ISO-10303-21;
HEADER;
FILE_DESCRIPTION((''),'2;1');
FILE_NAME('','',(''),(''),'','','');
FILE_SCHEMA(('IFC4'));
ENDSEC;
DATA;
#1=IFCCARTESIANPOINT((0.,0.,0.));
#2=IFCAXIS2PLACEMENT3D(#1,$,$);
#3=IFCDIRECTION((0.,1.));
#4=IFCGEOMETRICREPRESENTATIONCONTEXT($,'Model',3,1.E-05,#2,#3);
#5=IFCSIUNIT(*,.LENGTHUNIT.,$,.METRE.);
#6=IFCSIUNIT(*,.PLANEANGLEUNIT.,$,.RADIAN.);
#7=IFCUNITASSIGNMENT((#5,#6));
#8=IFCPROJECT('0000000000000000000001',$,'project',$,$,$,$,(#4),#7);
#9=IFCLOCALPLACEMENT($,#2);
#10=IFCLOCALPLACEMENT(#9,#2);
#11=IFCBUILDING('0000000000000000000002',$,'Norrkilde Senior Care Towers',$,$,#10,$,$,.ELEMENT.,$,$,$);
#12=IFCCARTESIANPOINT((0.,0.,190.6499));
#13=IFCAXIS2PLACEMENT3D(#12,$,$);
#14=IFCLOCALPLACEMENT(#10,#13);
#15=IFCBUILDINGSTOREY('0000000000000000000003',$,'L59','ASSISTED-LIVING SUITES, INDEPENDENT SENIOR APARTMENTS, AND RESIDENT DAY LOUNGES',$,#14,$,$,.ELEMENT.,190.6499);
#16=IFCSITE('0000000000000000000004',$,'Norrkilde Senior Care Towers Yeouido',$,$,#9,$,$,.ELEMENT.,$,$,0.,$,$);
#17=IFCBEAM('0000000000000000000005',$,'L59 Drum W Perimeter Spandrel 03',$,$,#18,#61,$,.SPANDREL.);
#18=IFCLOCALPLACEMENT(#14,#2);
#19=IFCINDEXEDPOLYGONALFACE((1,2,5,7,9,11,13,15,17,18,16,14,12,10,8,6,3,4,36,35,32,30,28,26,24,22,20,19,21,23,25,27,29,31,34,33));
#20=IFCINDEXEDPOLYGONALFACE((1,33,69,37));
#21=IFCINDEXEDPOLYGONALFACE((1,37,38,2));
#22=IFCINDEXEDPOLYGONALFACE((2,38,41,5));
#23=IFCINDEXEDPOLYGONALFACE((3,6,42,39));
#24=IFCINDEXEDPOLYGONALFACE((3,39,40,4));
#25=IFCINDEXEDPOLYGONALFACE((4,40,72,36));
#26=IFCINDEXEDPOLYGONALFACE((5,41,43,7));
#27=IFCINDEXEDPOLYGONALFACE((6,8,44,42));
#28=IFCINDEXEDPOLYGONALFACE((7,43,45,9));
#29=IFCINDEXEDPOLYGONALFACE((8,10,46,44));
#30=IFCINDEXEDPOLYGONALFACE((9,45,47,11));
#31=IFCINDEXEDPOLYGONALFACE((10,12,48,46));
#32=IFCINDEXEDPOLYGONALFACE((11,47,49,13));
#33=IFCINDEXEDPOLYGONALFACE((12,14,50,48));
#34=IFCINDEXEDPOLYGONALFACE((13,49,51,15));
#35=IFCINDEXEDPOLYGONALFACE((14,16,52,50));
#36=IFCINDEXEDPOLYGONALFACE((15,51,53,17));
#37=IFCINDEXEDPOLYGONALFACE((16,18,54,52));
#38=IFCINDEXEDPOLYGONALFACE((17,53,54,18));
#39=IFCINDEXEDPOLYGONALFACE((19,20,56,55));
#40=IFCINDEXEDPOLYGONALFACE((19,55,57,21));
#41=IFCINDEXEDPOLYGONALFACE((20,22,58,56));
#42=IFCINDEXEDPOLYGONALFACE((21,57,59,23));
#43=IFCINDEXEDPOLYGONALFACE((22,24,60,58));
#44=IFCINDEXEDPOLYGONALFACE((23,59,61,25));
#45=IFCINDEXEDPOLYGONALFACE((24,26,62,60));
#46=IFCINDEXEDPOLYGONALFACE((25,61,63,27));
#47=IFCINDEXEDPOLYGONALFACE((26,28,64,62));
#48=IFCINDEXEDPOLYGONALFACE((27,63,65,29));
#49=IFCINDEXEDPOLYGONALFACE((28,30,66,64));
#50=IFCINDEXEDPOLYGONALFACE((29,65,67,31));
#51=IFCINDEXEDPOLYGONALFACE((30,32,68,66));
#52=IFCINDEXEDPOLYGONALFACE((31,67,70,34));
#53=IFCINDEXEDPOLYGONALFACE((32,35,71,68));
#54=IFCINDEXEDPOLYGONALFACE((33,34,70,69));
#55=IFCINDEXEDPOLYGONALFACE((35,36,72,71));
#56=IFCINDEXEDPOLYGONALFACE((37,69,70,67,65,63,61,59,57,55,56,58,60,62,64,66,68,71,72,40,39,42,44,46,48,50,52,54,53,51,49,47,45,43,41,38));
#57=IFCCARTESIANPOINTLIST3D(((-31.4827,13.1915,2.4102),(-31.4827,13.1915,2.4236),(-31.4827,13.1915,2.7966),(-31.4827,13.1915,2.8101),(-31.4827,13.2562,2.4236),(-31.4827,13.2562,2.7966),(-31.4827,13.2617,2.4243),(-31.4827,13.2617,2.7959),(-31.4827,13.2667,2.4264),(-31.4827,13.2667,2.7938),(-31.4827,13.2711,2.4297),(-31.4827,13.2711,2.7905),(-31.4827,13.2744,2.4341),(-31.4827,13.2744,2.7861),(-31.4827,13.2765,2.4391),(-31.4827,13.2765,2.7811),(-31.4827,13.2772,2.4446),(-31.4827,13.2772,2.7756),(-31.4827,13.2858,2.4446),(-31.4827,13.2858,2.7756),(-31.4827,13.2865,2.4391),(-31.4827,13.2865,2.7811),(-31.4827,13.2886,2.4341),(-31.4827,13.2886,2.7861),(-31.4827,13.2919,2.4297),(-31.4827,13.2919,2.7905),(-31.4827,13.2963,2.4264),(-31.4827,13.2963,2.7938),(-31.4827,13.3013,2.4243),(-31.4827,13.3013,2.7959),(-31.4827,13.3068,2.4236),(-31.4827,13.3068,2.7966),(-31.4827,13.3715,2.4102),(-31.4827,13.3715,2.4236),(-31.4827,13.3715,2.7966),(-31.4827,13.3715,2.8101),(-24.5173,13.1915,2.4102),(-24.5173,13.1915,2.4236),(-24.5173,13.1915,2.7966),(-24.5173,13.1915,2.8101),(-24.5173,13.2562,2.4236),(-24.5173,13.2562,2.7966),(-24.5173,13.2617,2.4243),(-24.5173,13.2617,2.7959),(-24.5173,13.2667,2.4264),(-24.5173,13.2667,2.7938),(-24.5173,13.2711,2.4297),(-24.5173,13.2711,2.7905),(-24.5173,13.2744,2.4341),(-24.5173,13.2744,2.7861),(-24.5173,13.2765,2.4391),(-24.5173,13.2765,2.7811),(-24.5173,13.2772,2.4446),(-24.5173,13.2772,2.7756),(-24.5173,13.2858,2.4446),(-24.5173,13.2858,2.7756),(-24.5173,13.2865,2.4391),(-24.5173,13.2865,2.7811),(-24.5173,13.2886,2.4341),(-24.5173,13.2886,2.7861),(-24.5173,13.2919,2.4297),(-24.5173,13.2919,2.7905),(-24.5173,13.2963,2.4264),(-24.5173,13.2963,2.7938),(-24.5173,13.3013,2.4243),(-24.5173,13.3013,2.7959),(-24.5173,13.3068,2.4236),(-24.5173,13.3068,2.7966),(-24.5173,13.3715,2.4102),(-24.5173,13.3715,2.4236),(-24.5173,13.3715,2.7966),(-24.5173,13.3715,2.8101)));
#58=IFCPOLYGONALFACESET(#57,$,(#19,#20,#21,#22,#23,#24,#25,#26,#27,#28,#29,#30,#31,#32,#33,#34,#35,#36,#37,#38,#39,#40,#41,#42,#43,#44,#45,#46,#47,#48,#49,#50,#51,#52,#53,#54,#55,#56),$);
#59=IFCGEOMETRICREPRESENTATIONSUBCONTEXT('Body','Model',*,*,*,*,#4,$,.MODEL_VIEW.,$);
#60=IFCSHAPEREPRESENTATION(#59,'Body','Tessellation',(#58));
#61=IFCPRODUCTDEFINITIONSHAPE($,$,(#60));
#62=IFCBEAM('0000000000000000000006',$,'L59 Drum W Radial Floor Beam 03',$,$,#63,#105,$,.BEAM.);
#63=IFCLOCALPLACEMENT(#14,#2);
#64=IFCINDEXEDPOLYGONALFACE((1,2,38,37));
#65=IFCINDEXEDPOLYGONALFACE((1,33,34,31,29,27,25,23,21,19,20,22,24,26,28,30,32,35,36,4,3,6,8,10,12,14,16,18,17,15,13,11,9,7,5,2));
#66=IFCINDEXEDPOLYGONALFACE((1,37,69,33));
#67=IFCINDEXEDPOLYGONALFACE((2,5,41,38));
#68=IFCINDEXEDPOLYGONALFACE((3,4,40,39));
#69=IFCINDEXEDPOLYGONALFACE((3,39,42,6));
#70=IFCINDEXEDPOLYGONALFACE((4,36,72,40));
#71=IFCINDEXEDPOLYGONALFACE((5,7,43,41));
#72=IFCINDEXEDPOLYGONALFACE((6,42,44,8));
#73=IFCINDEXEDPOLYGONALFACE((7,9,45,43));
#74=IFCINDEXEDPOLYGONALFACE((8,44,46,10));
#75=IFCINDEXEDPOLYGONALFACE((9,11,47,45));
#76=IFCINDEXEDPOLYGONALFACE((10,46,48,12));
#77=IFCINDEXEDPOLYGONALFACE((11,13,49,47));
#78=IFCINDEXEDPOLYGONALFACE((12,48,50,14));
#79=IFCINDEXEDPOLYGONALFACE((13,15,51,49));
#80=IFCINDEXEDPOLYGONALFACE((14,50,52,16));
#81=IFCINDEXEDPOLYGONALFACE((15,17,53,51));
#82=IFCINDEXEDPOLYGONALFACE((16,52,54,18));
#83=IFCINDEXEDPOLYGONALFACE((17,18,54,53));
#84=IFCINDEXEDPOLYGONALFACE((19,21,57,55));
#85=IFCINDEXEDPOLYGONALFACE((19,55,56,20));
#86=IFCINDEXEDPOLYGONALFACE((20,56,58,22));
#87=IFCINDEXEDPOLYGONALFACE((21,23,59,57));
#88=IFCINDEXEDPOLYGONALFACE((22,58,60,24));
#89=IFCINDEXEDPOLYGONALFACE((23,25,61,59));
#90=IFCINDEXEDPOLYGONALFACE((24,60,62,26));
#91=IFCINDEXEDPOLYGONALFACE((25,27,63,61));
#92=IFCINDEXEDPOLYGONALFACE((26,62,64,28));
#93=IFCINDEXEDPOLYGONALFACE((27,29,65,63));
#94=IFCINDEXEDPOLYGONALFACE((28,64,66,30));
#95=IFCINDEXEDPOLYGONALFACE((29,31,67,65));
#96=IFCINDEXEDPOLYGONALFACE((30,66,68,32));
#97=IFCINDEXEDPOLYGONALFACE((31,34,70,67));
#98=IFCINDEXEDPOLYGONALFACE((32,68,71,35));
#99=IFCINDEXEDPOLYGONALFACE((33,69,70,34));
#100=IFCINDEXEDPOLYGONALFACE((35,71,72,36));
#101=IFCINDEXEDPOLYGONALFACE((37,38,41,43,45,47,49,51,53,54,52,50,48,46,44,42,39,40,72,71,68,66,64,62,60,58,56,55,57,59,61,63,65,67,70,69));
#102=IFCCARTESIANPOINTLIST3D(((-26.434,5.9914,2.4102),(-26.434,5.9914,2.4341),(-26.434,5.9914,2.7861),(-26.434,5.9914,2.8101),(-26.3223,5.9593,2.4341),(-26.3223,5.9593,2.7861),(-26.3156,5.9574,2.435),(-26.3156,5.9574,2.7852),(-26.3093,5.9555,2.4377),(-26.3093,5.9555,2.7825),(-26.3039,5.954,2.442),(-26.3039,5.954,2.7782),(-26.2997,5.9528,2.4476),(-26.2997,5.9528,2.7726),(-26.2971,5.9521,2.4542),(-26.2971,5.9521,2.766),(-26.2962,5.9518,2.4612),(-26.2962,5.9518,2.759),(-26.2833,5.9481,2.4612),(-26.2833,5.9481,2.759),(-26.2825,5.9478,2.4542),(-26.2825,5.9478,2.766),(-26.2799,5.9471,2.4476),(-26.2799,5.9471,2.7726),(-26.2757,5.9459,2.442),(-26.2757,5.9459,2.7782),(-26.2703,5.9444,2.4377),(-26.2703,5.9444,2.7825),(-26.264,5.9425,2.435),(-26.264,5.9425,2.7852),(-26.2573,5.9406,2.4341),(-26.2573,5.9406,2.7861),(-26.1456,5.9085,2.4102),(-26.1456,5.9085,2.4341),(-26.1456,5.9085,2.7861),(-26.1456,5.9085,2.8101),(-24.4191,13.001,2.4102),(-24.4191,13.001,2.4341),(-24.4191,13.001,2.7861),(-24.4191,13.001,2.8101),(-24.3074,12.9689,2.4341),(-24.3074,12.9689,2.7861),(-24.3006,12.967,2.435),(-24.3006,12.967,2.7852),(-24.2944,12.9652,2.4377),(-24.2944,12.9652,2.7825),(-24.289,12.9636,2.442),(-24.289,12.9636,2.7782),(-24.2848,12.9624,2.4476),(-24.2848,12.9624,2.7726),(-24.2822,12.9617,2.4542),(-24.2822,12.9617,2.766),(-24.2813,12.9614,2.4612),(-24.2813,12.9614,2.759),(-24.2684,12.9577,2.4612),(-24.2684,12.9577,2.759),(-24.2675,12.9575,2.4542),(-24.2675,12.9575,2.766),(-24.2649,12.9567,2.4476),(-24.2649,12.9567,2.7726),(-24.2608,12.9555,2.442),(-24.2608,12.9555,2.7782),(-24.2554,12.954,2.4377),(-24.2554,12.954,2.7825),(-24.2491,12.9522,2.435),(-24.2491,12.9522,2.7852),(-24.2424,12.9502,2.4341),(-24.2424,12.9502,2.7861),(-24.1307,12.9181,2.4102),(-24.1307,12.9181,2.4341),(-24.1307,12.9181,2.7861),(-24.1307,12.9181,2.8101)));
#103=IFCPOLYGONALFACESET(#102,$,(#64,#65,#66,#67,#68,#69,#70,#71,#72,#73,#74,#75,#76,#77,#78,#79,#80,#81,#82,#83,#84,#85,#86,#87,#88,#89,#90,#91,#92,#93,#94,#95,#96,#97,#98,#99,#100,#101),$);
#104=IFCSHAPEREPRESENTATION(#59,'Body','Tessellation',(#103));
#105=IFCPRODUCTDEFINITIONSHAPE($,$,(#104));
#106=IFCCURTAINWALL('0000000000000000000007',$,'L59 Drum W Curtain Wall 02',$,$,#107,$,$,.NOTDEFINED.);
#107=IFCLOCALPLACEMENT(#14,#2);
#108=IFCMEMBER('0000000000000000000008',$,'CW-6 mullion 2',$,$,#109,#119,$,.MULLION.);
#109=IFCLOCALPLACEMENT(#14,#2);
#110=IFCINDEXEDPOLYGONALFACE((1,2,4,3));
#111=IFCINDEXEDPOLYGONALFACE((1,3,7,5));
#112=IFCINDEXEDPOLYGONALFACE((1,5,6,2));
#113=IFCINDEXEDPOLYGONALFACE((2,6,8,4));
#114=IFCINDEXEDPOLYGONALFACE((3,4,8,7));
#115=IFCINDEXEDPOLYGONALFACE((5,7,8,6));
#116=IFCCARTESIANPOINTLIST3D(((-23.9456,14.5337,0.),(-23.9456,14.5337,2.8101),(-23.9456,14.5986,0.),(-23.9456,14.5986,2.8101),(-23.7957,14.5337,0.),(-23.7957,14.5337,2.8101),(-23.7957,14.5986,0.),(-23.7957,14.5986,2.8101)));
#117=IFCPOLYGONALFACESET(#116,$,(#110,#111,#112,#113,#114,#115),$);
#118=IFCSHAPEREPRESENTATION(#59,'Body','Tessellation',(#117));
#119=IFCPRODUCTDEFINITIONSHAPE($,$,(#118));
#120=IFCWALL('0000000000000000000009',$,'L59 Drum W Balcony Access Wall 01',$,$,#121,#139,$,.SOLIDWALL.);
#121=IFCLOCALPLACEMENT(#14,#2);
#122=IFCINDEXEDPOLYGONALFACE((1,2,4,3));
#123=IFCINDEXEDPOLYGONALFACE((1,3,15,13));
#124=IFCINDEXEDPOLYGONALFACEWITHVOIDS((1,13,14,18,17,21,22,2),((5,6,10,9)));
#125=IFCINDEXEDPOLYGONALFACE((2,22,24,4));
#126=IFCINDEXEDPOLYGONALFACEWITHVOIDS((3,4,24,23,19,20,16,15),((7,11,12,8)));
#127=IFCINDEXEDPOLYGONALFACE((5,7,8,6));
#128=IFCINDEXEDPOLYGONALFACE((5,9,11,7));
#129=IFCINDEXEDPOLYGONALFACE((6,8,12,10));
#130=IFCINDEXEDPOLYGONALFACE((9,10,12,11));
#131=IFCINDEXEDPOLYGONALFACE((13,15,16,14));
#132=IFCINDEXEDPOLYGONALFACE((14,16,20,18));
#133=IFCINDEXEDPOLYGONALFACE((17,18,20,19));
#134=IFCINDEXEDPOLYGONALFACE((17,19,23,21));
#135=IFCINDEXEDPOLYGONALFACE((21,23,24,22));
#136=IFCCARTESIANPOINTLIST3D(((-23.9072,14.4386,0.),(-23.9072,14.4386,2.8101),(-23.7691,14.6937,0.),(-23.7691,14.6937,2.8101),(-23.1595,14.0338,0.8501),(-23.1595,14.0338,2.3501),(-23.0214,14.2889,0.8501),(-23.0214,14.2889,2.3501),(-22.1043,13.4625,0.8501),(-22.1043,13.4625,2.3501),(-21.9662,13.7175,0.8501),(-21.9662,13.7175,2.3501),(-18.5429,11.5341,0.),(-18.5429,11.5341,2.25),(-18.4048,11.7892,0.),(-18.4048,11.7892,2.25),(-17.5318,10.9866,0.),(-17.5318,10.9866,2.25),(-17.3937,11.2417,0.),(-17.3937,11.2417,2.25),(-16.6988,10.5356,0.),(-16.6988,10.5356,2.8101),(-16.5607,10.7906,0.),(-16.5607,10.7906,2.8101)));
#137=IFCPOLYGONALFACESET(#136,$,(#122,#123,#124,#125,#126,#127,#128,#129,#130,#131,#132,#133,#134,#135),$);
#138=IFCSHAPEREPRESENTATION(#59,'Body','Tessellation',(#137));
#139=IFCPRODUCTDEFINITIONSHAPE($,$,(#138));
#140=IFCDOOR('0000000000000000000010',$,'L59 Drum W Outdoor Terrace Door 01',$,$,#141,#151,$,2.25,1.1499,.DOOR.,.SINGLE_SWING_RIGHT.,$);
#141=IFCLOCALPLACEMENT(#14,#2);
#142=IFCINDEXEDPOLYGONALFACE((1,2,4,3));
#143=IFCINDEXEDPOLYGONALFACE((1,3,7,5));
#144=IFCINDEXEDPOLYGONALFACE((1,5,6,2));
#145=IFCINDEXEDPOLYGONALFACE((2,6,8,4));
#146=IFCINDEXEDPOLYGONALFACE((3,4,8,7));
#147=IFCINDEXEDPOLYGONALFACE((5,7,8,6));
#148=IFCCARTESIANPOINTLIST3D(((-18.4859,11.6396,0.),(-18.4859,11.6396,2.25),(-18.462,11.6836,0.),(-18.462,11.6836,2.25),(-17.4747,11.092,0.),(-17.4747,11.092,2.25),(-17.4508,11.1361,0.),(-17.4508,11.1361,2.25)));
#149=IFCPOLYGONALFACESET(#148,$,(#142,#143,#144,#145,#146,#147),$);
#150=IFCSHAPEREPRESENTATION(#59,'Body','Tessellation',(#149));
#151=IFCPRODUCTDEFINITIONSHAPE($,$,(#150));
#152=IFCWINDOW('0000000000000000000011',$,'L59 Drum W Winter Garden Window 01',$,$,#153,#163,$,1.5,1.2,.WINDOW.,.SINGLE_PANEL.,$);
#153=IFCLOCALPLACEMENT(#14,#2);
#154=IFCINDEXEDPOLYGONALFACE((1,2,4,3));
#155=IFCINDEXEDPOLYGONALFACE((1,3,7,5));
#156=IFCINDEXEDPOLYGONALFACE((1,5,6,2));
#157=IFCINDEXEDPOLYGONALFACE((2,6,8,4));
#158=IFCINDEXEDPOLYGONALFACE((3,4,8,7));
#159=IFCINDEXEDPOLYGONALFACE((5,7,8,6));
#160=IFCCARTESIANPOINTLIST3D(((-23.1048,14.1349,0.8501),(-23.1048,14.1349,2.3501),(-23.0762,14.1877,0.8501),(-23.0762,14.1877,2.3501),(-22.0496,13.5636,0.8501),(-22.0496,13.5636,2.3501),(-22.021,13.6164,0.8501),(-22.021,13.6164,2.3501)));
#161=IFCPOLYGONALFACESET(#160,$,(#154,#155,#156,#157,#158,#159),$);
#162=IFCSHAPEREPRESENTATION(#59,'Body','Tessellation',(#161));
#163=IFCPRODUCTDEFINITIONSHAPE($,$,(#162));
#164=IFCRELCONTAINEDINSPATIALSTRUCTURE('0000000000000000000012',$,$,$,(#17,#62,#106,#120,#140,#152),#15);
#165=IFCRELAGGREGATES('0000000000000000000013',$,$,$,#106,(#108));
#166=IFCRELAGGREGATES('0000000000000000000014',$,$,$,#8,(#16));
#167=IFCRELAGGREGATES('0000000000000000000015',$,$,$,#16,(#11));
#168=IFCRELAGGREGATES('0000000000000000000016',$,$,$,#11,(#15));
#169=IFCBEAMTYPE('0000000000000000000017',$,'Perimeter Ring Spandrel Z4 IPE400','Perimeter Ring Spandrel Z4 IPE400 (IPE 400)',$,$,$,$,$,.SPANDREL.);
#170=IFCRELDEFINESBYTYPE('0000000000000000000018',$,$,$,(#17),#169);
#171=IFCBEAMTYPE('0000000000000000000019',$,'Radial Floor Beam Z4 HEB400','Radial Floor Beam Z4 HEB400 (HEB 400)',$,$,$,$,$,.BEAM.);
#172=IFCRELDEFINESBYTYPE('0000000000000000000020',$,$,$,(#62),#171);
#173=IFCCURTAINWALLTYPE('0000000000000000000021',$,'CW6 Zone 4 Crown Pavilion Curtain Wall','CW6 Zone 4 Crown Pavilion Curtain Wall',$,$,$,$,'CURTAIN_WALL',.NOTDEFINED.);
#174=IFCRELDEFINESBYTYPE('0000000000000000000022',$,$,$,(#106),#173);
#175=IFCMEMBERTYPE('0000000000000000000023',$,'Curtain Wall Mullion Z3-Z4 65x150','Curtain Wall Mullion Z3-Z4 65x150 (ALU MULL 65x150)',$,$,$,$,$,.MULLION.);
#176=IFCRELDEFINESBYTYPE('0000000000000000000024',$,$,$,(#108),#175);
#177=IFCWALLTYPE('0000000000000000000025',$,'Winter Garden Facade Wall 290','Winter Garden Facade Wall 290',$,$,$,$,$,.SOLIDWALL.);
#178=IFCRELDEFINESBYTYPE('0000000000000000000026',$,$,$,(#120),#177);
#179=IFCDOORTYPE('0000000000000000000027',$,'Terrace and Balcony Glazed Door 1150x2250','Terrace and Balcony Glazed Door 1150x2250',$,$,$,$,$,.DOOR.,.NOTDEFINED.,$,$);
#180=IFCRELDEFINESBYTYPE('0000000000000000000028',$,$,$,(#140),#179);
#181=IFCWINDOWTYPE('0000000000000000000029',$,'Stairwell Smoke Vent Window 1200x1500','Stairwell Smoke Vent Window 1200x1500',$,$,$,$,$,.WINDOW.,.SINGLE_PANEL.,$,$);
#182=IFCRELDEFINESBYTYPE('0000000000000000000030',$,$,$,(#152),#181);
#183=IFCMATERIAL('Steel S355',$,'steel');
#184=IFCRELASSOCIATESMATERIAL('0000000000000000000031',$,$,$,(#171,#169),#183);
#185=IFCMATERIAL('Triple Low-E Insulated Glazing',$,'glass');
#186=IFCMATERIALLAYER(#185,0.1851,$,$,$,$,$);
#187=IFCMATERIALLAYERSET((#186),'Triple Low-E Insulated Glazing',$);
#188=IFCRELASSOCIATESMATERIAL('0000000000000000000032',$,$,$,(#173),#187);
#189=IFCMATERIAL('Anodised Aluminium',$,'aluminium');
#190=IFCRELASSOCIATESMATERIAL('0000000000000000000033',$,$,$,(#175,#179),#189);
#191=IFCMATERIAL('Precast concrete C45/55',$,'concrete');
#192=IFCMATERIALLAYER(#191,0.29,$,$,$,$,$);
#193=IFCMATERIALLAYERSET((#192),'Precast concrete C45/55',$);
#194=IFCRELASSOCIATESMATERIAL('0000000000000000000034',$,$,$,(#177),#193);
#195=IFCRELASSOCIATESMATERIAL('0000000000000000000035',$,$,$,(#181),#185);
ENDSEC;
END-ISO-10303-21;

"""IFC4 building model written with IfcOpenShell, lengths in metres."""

from ifc_helpers import new_model, si_unit, direction, frame, frame_2d, origin, origin_2d, place, context, subcontext, project, spatial, rectangle, i_section, extrude, source, transform, mapped, material, layer, layer_set, material_profile, profile_set, type_object, type_shapes, element, fill, aggregate, save


model = new_model("IFC4")

# Units and contexts
model_context = context("Model", 3, precision=1e-05, world=origin(), true_north=direction((0.0, 1.0)))
body_context = subcontext(model_context, "Body", "Model", "MODEL_VIEW")
ifc_project = project(units=[si_unit("LENGTHUNIT", "METRE"), si_unit("PLANEANGLEUNIT", "RADIAN")], contexts=[model_context])

# Site, building, storey
site_placement = place(None, origin())
site = spatial("IfcSite", under=ifc_project, at=site_placement, Name="Norrkilde Senior Care Towers Yeouido", CompositionType="ELEMENT", RefElevation=0.0)
building_placement = place(site_placement, origin())
building = spatial("IfcBuilding", under=site, at=building_placement, Name="Norrkilde Senior Care Towers", CompositionType="ELEMENT")
storey_placement = place(building_placement, frame((0.0, 0.0, 190.6499)))
storey = spatial("IfcBuildingStorey", under=building, at=storey_placement, Name="L59", Description="ASSISTED-LIVING SUITES, INDEPENDENT SENIOR APARTMENTS, AND RESIDENT DAY LOUNGES", CompositionType="ELEMENT", Elevation=190.6499)

# Beams
ifc_material_1 = material(Name="Steel S355", Category="steel")
ifc_material_profile_1 = material_profile(ifc_material_1, i_section(OverallWidth=0.3, OverallDepth=0.3999, WebThickness=0.0134, FlangeThickness=0.0239, FilletRadius=0.0271, at=origin_2d()), Name="HEB 400")
ifc_profile_set_1 = profile_set([ifc_material_profile_1], Name="Steel S355")
beam_type_1 = type_object("IfcBeamType", Name="Radial Floor Beam Z4 HEB400", Description="Radial Floor Beam Z4 HEB400 (HEB 400)", PredefinedType="BEAM", material=ifc_profile_set_1)
ifc_material_profile_2 = material_profile(ifc_material_1, i_section(OverallWidth=0.1799, OverallDepth=0.3999, WebThickness=0.0085, FlangeThickness=0.0134, FilletRadius=0.021, at=origin_2d()), Name="IPE 400")
ifc_profile_set_2 = profile_set([ifc_material_profile_2], Name="Steel S355")
beam_type_2 = type_object("IfcBeamType", Name="Perimeter Ring Spandrel Z4 IPE400", Description="Perimeter Ring Spandrel Z4 IPE400 (IPE 400)", PredefinedType="SPANDREL", material=ifc_profile_set_2)
shared_shape_1 = source(origin(), body_context, "Body", "SweptSolid", [
    extrude(i_section(OverallWidth=0.1799, OverallDepth=0.3999, WebThickness=0.0085, FlangeThickness=0.0134, FilletRadius=0.021, at=origin_2d()), origin(), (0.0, 0.0, 1.0), 6.9653),
])
type_shapes(beam_type_2, [shared_shape_1])
beam_1_placement = place(storey_placement, frame((-24.5173, 13.2815, 2.6101), z_axis=(-1.0, 0.0, 0.0), x_axis=(0.0, -1.0, 0.0)))
element("IfcBeam", 1, at=beam_1_placement, inside=storey, type_object=beam_type_2, Name="L59 Drum W Perimeter Spandrel 03", PredefinedType="SPANDREL", context=body_context, shape_type="MappedRepresentation", body=[
    mapped(shared_shape_1, transform((0.0, 0.0, 0.0), x_axis=(1.0, 0.0, 0.0), y_axis=(0.0, 1.0, 0.0), z_axis=(0.0, 0.0, 1.0), scale=1.0)),
])
shared_shape_2 = source(origin(), body_context, "Body", "SweptSolid", [
    extrude(i_section(OverallWidth=0.3, OverallDepth=0.3999, WebThickness=0.0134, FlangeThickness=0.0239, FilletRadius=0.0271, at=origin_2d()), origin(), (0.0, 0.0, 1.0), 7.2935),
])
beam_2_placement = place(storey_placement, frame((-26.2898, 5.95, 2.6101), z_axis=(0.276264, 0.961082, 0.0), x_axis=(-0.961082, 0.276264, 0.0)))
element("IfcBeam", 2, at=beam_2_placement, inside=storey, type_object=beam_type_1, Name="L59 Drum W Radial Floor Beam 03", PredefinedType="BEAM", context=body_context, shape_type="MappedRepresentation", body=[
    mapped(shared_shape_2, transform((0.0, 0.0, 0.0), x_axis=(1.0, 0.0, 0.0), y_axis=(0.0, 1.0, 0.0), z_axis=(0.0, 0.0, 1.0), scale=1.0)),
])

# Curtain wall, member
ifc_material_2 = material(Name="Triple Low-E Insulated Glazing", Category="glass")
ifc_layer_1 = layer(ifc_material_2, 0.1851)
ifc_layer_set_1 = layer_set([ifc_layer_1], Name="Triple Low-E Insulated Glazing")
curtain_wall_type = type_object("IfcCurtainWallType", Name="CW6 Zone 4 Crown Pavilion Curtain Wall", Description="CW6 Zone 4 Crown Pavilion Curtain Wall", ElementType="CURTAIN_WALL", PredefinedType="NOTDEFINED", material=ifc_layer_set_1)
curtain_wall_placement = place(storey_placement, origin())
curtain_wall = element("IfcCurtainWall", 3, at=curtain_wall_placement, inside=storey, type_object=curtain_wall_type, Name="L59 Drum W Curtain Wall 02", PredefinedType="NOTDEFINED")
ifc_material_3 = material(Name="Anodised Aluminium", Category="aluminium")
ifc_material_profile_3 = material_profile(ifc_material_3, rectangle(XDim=0.0649, YDim=0.1499, at=origin_2d()), Name="ALU MULL 65x150")
ifc_profile_set_3 = profile_set([ifc_material_profile_3], Name="Anodised Aluminium")
member_type = type_object("IfcMemberType", Name="Curtain Wall Mullion Z3-Z4 65x150", Description="Curtain Wall Mullion Z3-Z4 65x150 (ALU MULL 65x150)", PredefinedType="MULLION", material=ifc_profile_set_3)
shared_shape_3 = source(origin(), body_context, "Body", "SweptSolid", [
    extrude(rectangle(XDim=0.0649, YDim=0.1499, at=origin_2d()), origin(), (0.0, 0.0, 1.0), 2.8101),
])
type_shapes(member_type, [shared_shape_3])
member_placement = place(storey_placement, frame((-23.8706, 14.5662, 0.0), z_axis=(0.0, 0.0, 1.0), x_axis=(0.0, 1.0, 0.0)))
member = element("IfcMember", 4, at=member_placement, type_object=member_type, Name="CW-6 mullion 2", PredefinedType="MULLION", context=body_context, shape_type="MappedRepresentation", body=[
    mapped(shared_shape_3, transform((0.0, 0.0, 0.0), x_axis=(1.0, 0.0, 0.0), y_axis=(0.0, 1.0, 0.0), z_axis=(0.0, 0.0, 1.0), scale=1.0)),
])
aggregate(curtain_wall, [member])

# Wall, openings, door, window
ifc_material_4 = material(Name="Precast concrete C45/55", Category="concrete")
ifc_layer_2 = layer(ifc_material_4, 0.29)
ifc_layer_set_2 = layer_set([ifc_layer_2], Name="Precast concrete C45/55")
wall_type_1 = type_object("IfcWallType", Name="Winter Garden Facade Wall 290", Description="Winter Garden Facade Wall 290", PredefinedType="SOLIDWALL", material=ifc_layer_set_2)
shared_shape_4 = source(origin(), body_context, "Body", "SweptSolid", [
    extrude(rectangle(XDim=8.1973, YDim=0.29, at=frame_2d((4.0986, 0.0))), origin(), (0.0, 0.0, 1.0), 2.8101),
])
type_shapes(wall_type_1, [shared_shape_4])
wall_1_placement = place(storey_placement, frame((-23.8381, 14.5662, 0.0), z_axis=(0.0, 0.0, 1.0), x_axis=(0.87937, -0.476139, 0.0)))
wall_1 = element("IfcWall", 5, at=wall_1_placement, inside=storey, type_object=wall_type_1, Name="L59 Drum W Balcony Access Wall 01", PredefinedType="SOLIDWALL", context=body_context, shape_type="MappedRepresentation", body=[
    mapped(shared_shape_4, transform((0.0, 0.0, 0.0), x_axis=(1.0, 0.0, 0.0), y_axis=(0.0, 1.0, 0.0), z_axis=(0.0, 0.0, 1.0), scale=1.0)),
])
opening_1_placement = place(wall_1_placement, frame((6.1001, 0.0, 0.0)))
opening_1 = element("IfcOpeningElement", 6, at=opening_1_placement, cuts=wall_1, PredefinedType="OPENING", context=body_context, shape_type="SweptSolid", body=[
    extrude(rectangle(XDim=1.1499, YDim=2.25, at=frame_2d((0.575, 1.125))), frame((0.0, 0.155, 0.0), z_axis=(0.0, -1.0, 0.0), x_axis=(1.0, 0.0, 0.0)), (0.0, 0.0, 1.0), 0.3101),
])
opening_2_placement = place(wall_1_placement, frame((0.8501, 0.0, 0.8501)))
opening_2 = element("IfcOpeningElement", 7, at=opening_2_placement, cuts=wall_1, PredefinedType="OPENING", context=body_context, shape_type="SweptSolid", body=[
    extrude(rectangle(XDim=1.2, YDim=1.5, at=frame_2d((0.6001, 0.75))), frame((0.0, 0.155, 0.0), z_axis=(0.0, -1.0, 0.0), x_axis=(1.0, 0.0, 0.0)), (0.0, 0.0, 1.0), 0.3101),
])
door_type_1 = type_object("IfcDoorType", Name="Terrace and Balcony Glazed Door 1150x2250", Description="Terrace and Balcony Glazed Door 1150x2250", OperationType="NOTDEFINED", PredefinedType="DOOR", material=ifc_material_3)
shared_shape_5 = source(origin(), body_context, "Body", "SweptSolid", [
    extrude(rectangle(XDim=1.1499, YDim=2.25, at=frame_2d((0.575, 1.125))), frame((0.0, 0.0249, 0.0), z_axis=(0.0, -1.0, 0.0), x_axis=(1.0, 0.0, 0.0)), (0.0, 0.0, 1.0), 0.05),
])
type_shapes(door_type_1, [shared_shape_5])
door_1_placement = place(opening_1_placement, origin())
door_1 = element("IfcDoor", 8, at=door_1_placement, inside=storey, type_object=door_type_1, Name="L59 Drum W Outdoor Terrace Door 01", OperationType="SINGLE_SWING_RIGHT", OverallHeight=2.25, OverallWidth=1.1499, PredefinedType="DOOR", context=body_context, shape_type="MappedRepresentation", body=[
    mapped(shared_shape_5, transform((0.0, 0.0, 0.0), x_axis=(1.0, 0.0, 0.0), y_axis=(0.0, 1.0, 0.0), z_axis=(0.0, 0.0, 1.0), scale=1.0)),
])
fill(opening_1, door_1)
window_type = type_object("IfcWindowType", Name="Stairwell Smoke Vent Window 1200x1500", Description="Stairwell Smoke Vent Window 1200x1500", PartitioningType="SINGLE_PANEL", PredefinedType="WINDOW", material=ifc_material_2)
shared_shape_6 = source(origin(), body_context, "Body", "SweptSolid", [
    extrude(rectangle(XDim=1.2, YDim=1.5, at=frame_2d((0.6001, 0.75))), frame((0.0, 0.03, 0.0), z_axis=(0.0, -1.0, 0.0), x_axis=(1.0, 0.0, 0.0)), (0.0, 0.0, 1.0), 0.0601),
])
type_shapes(window_type, [shared_shape_6])
window_placement = place(opening_2_placement, origin())
window = element("IfcWindow", 9, at=window_placement, inside=storey, type_object=window_type, Name="L59 Drum W Winter Garden Window 01", OverallHeight=1.5, OverallWidth=1.2, PartitioningType="SINGLE_PANEL", PredefinedType="WINDOW", context=body_context, shape_type="MappedRepresentation", body=[
    mapped(shared_shape_6, transform((0.0, 0.0, 0.0), x_axis=(1.0, 0.0, 0.0), y_axis=(0.0, 1.0, 0.0), z_axis=(0.0, 0.0, 1.0), scale=1.0)),
])
fill(opening_2, window)

save(model, "model.ifc")
